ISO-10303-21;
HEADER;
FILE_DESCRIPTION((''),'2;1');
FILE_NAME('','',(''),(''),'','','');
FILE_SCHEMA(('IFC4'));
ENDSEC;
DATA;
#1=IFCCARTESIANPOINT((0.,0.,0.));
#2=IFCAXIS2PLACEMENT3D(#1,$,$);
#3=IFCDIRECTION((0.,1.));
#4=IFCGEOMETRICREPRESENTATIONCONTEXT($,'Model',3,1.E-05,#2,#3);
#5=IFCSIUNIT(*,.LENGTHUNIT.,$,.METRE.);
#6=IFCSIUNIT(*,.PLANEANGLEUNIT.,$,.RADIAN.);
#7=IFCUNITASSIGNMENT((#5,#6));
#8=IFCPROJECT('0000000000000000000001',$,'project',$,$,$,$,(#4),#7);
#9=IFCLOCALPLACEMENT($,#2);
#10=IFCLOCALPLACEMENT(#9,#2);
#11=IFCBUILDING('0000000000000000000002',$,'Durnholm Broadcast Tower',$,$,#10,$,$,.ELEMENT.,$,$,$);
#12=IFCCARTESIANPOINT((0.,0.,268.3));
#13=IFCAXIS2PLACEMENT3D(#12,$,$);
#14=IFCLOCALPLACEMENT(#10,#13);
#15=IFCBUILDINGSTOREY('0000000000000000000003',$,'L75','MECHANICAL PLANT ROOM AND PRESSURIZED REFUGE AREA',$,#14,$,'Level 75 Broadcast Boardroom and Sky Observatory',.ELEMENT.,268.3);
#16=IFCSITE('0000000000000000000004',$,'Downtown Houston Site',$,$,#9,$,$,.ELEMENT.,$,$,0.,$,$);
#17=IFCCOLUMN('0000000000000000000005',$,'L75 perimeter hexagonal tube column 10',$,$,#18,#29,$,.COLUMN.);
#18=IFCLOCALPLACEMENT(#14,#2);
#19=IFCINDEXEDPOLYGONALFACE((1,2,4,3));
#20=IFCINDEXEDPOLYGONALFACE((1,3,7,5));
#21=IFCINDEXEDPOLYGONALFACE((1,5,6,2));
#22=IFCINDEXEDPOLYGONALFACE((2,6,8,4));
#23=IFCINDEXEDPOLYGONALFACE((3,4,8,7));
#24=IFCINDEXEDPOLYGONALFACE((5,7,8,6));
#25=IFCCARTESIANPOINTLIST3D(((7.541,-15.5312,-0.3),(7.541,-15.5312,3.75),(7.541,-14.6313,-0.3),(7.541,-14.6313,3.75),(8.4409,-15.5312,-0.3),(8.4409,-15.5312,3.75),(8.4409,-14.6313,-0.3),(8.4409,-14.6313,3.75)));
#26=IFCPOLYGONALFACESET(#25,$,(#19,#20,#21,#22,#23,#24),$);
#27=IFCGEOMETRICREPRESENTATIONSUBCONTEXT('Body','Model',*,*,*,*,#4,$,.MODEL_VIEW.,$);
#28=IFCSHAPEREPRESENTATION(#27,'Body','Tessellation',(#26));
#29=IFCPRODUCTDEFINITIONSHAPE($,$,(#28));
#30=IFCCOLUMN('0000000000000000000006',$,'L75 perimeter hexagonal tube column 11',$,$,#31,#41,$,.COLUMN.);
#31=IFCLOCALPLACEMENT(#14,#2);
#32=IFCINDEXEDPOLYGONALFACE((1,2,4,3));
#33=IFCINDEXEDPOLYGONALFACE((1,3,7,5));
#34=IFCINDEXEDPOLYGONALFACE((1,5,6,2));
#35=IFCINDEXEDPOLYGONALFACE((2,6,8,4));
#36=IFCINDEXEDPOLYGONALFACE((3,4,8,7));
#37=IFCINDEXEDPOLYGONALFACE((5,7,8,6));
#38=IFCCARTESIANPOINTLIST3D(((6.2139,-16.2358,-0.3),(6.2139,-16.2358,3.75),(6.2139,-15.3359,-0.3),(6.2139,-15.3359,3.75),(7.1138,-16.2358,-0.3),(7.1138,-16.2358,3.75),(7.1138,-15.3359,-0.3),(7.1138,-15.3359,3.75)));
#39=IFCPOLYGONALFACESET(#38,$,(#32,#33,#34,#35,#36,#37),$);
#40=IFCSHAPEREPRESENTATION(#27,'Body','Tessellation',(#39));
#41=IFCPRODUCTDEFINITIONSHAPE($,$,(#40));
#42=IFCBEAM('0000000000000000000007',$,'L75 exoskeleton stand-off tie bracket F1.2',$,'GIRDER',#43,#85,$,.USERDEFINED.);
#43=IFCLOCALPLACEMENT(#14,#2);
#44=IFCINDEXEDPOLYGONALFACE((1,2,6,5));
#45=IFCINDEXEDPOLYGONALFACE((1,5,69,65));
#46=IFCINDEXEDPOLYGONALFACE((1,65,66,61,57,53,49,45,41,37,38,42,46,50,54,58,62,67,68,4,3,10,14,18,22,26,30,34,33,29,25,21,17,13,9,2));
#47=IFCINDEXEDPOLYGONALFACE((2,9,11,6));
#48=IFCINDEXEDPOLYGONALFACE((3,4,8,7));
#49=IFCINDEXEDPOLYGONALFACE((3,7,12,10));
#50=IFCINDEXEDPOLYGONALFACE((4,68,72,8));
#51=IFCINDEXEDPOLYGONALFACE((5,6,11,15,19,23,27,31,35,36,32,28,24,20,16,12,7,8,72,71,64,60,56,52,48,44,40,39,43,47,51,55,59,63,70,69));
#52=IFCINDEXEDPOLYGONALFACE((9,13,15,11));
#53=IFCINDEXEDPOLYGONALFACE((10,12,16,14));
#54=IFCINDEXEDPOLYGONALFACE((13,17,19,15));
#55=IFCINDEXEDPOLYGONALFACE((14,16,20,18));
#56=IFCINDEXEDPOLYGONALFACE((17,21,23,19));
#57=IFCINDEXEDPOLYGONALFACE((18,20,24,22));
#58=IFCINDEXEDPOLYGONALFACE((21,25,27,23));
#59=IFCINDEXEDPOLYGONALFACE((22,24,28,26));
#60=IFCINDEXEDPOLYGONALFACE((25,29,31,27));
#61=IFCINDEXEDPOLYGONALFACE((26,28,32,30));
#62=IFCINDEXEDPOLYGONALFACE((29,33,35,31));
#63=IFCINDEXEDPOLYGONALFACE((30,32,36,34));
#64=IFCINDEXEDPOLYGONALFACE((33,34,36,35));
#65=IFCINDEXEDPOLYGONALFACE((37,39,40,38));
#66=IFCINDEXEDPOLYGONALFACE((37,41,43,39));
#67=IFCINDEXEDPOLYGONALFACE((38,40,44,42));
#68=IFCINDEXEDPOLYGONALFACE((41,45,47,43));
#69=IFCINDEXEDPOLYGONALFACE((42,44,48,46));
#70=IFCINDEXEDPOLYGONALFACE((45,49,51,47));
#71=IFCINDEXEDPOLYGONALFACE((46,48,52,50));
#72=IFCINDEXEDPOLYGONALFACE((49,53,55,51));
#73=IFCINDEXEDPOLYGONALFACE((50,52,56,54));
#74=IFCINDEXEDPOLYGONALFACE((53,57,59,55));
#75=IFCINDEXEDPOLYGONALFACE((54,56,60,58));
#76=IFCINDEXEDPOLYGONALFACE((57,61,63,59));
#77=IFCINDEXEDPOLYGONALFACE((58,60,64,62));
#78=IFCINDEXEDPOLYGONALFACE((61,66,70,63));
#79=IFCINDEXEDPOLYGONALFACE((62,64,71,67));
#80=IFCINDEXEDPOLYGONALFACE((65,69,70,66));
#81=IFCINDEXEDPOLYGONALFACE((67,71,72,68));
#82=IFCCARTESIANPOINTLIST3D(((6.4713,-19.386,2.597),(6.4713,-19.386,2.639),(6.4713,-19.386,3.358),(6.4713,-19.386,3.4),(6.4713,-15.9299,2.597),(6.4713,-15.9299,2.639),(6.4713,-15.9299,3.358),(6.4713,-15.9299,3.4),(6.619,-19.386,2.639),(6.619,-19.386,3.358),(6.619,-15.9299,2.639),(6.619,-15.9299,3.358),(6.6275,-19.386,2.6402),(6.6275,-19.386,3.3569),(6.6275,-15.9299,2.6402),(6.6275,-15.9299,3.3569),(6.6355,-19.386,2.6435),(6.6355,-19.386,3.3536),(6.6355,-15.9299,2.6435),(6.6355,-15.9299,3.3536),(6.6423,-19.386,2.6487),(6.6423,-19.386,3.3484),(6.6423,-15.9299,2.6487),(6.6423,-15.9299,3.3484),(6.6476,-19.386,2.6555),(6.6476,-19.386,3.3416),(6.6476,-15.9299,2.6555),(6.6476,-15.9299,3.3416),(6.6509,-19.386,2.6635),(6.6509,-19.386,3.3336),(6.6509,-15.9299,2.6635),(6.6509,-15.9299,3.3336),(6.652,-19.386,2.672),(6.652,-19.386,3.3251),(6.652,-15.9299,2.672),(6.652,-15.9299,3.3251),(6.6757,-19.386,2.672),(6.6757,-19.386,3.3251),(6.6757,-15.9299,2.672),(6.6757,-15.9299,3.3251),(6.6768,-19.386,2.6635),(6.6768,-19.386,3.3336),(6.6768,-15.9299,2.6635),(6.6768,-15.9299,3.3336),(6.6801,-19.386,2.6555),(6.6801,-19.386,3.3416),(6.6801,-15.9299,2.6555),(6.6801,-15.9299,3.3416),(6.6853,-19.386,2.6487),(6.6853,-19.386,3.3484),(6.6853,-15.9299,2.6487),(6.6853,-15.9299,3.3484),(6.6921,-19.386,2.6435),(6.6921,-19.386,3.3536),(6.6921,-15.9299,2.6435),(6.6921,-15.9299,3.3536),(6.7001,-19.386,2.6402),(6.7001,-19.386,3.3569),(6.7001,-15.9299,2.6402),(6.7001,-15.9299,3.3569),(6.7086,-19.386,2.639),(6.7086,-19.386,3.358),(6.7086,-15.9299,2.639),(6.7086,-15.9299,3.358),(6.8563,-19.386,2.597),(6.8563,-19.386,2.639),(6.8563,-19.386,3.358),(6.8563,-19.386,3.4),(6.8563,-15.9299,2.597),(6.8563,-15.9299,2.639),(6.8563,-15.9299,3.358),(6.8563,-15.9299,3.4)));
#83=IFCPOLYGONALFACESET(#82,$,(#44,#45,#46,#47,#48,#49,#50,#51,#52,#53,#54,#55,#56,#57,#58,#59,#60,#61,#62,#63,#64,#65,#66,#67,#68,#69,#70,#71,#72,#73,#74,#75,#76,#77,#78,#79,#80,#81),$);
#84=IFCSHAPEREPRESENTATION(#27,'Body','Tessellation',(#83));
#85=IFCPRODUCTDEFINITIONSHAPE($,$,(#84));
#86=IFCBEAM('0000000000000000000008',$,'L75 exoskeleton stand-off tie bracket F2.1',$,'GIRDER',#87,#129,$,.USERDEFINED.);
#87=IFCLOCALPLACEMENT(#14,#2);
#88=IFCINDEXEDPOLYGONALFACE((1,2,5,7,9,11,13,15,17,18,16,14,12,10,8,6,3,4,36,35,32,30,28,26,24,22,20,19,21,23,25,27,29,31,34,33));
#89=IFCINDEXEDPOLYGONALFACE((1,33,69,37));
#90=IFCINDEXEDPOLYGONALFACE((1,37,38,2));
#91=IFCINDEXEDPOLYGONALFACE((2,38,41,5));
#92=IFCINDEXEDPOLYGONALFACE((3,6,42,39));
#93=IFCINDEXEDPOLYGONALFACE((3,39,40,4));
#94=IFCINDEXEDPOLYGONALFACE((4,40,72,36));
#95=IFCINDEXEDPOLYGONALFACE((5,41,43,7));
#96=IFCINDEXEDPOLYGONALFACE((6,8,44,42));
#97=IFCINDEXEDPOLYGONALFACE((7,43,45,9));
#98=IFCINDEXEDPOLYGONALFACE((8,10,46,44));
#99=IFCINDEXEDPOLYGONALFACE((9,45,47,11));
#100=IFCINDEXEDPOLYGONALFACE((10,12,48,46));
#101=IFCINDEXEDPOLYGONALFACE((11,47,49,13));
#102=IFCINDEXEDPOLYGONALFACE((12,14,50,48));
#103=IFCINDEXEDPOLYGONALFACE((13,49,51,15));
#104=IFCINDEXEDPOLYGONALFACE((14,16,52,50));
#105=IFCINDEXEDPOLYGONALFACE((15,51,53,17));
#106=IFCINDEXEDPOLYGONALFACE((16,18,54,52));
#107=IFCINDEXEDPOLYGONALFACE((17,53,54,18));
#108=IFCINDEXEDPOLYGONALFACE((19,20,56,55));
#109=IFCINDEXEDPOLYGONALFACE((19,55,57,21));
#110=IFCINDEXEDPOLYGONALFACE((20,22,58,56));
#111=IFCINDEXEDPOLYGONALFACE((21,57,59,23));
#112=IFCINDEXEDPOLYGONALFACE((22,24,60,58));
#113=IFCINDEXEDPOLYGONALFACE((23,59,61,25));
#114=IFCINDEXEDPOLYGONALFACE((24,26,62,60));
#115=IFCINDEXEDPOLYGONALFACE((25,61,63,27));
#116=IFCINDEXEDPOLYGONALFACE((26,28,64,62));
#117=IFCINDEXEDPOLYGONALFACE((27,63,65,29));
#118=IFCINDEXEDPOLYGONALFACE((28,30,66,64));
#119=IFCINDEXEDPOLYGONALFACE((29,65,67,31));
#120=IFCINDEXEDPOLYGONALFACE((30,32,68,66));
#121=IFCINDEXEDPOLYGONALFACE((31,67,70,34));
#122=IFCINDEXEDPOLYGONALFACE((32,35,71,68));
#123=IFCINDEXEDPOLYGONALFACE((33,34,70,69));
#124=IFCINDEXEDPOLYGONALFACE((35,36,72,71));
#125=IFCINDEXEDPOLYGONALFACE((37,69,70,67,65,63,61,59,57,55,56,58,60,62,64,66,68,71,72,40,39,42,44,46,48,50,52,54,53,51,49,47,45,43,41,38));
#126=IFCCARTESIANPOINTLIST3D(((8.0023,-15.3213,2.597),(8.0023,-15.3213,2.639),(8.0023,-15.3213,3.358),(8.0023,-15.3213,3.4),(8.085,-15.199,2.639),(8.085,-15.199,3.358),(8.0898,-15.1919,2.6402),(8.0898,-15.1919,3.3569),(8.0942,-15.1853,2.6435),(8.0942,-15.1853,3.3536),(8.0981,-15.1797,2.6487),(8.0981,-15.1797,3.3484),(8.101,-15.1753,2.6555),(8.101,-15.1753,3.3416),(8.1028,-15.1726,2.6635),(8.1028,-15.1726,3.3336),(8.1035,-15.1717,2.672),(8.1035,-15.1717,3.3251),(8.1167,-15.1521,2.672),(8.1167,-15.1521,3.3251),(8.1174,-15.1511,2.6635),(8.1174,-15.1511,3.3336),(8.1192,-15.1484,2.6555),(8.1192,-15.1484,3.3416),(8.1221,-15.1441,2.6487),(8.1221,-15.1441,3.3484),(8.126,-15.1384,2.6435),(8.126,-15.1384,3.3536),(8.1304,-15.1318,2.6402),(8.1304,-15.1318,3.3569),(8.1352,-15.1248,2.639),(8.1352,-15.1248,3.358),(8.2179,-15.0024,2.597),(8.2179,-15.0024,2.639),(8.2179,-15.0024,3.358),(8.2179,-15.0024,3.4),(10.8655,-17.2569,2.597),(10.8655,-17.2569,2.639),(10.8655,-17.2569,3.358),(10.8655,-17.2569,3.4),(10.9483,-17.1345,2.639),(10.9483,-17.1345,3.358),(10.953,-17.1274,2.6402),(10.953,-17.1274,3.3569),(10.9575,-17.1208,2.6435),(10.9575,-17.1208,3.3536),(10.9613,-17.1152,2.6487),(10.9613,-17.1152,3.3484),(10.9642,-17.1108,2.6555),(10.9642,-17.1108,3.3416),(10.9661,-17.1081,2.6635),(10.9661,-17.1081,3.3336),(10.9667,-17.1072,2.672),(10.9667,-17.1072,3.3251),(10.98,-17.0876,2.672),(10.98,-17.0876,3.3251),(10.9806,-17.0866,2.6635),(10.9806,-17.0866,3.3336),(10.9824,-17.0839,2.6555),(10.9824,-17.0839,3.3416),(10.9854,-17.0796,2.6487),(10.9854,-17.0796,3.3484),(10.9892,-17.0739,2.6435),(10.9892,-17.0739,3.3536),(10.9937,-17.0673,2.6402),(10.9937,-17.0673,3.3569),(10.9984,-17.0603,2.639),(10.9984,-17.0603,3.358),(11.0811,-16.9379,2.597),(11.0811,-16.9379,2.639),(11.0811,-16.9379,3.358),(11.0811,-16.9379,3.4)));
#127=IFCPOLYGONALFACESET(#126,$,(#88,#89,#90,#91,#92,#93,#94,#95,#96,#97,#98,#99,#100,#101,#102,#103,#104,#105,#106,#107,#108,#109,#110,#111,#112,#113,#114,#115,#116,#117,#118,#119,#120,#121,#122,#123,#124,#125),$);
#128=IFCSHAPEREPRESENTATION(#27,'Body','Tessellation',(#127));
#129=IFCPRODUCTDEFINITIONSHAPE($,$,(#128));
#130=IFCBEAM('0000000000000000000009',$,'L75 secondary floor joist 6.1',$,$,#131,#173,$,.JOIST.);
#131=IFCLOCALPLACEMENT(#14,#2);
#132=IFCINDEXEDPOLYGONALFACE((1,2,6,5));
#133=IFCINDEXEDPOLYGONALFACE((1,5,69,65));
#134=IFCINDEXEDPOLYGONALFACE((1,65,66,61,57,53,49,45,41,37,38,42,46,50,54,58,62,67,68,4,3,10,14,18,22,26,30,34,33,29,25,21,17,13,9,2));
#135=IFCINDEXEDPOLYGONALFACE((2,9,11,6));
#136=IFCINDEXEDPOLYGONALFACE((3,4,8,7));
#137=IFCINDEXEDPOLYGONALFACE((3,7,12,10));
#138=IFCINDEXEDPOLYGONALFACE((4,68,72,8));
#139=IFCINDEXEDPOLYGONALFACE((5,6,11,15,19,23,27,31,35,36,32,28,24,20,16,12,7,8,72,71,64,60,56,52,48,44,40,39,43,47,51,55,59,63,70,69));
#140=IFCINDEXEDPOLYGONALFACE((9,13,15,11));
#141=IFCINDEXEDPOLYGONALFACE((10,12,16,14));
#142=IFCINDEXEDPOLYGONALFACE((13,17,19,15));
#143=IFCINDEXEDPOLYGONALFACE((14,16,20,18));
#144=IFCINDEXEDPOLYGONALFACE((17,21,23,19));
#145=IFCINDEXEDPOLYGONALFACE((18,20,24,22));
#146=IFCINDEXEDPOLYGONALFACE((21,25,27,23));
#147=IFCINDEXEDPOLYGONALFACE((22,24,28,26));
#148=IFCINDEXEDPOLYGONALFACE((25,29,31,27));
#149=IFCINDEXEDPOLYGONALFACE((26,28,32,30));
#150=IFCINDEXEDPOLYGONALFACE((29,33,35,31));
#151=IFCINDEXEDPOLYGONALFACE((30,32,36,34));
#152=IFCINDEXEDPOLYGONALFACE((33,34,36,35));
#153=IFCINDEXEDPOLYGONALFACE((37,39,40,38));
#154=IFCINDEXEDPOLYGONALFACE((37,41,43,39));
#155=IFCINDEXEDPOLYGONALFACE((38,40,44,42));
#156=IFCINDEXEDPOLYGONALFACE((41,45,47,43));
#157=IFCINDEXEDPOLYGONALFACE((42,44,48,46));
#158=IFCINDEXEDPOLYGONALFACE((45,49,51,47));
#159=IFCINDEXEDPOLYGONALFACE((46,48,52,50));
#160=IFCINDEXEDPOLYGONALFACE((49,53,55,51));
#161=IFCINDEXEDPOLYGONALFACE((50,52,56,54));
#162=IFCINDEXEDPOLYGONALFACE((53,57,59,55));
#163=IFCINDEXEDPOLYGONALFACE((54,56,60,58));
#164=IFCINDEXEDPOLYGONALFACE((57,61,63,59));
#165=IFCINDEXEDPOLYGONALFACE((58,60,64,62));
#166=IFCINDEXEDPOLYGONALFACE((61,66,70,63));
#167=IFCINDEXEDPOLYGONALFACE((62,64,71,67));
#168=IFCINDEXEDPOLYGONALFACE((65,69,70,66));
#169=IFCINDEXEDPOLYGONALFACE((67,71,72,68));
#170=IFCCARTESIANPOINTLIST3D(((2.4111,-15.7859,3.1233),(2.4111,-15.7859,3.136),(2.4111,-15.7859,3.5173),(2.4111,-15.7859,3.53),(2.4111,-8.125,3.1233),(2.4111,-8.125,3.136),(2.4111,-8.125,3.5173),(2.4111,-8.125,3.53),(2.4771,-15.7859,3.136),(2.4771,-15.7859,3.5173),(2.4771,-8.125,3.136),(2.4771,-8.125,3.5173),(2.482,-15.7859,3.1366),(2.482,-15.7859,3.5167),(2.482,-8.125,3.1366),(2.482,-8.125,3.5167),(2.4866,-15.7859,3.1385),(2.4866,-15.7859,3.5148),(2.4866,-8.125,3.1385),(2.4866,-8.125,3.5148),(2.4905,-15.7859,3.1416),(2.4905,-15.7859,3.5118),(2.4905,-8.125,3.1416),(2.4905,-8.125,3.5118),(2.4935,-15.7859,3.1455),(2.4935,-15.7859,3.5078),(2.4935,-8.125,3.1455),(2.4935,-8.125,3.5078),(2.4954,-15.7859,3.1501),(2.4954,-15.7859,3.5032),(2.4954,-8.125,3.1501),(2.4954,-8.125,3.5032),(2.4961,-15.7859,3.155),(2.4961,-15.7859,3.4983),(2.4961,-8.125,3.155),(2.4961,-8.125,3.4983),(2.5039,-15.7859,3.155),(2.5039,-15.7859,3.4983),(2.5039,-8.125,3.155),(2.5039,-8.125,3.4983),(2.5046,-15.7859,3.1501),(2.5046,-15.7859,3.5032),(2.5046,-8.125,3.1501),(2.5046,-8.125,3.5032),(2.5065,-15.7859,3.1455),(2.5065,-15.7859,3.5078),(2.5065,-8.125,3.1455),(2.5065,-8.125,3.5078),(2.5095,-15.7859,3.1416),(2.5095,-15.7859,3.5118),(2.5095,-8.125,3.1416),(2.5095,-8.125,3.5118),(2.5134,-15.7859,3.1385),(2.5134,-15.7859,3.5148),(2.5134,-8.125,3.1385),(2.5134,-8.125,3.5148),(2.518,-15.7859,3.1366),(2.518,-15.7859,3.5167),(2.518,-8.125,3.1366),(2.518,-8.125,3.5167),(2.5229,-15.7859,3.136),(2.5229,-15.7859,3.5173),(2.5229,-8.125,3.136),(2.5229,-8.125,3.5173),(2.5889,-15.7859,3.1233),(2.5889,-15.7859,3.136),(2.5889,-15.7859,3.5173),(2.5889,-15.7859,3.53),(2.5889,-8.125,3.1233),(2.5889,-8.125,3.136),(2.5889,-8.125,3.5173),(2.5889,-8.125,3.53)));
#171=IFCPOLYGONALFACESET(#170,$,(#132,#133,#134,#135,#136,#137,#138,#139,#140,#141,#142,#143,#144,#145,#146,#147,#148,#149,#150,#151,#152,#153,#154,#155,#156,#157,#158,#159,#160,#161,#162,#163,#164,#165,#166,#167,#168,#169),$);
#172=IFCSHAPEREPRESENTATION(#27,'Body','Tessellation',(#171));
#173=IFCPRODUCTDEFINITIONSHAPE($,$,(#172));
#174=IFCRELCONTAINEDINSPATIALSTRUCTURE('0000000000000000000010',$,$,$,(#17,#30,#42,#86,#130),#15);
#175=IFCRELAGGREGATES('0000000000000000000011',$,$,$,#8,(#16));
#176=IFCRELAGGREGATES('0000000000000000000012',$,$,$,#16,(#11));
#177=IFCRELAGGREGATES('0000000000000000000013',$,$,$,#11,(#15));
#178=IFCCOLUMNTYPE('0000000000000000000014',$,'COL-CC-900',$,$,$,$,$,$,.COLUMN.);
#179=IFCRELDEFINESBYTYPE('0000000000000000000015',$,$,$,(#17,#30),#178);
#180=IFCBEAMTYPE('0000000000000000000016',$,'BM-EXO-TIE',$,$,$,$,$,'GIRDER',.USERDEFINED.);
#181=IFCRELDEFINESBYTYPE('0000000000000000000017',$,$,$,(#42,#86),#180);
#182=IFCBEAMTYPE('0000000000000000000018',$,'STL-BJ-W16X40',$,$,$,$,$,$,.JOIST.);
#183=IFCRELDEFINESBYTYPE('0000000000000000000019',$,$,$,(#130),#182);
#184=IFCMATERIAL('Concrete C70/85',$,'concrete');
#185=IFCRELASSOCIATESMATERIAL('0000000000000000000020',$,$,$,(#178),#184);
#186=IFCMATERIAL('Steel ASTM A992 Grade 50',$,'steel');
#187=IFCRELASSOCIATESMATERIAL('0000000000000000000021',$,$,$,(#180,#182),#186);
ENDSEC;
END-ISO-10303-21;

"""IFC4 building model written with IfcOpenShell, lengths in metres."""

from ifc_helpers import new_model, si_unit, direction, frame, origin, origin_2d, place, context, subcontext, project, spatial, rectangle, i_section, extrude, source, transform, mapped, material, material_profile, profile_set, type_object, type_shapes, element, save


model = new_model("IFC4")

# Units and contexts
model_context = context("Model", 3, precision=1e-05, world=origin(), true_north=direction((0.0, 1.0)))
body_context = subcontext(model_context, "Body", "Model", "MODEL_VIEW")
ifc_project = project(units=[si_unit("LENGTHUNIT", "METRE"), si_unit("PLANEANGLEUNIT", "RADIAN")], contexts=[model_context])

# Site, building, storey
site_placement = place(None, origin())
site = spatial("IfcSite", under=ifc_project, at=site_placement, Name="Downtown Houston Site", CompositionType="ELEMENT", RefElevation=0.0)
building_placement = place(site_placement, origin())
building = spatial("IfcBuilding", under=site, at=building_placement, Name="Durnholm Broadcast Tower", CompositionType="ELEMENT")
storey_placement = place(building_placement, frame((0.0, 0.0, 268.3)))
storey = spatial("IfcBuildingStorey", under=building, at=storey_placement, Name="L75", Description="MECHANICAL PLANT ROOM AND PRESSURIZED REFUGE AREA", LongName="Level 75 Broadcast Boardroom and Sky Observatory", CompositionType="ELEMENT", Elevation=268.3)

# Columns
ifc_material_1 = material(Name="Concrete C70/85", Category="concrete")
ifc_material_profile_1 = material_profile(ifc_material_1, rectangle(XDim=0.8999, YDim=0.8999, at=origin_2d()), Name="RC900X900")
ifc_profile_set_1 = profile_set([ifc_material_profile_1], Name="Concrete C70/85")
column_type = type_object("IfcColumnType", Name="COL-CC-900", PredefinedType="COLUMN", material=ifc_profile_set_1)
shared_shape_1 = source(origin(), body_context, "Body", "SweptSolid", [
    extrude(rectangle(XDim=0.8999, YDim=0.8999, at=origin_2d()), origin(), (0.0, 0.0, 1.0), 4.05),
])
type_shapes(column_type, [shared_shape_1])
for number, where, z_axis, x_axis, name in (
    (1, (7.991, -15.0813, -0.3), (0.0, 0.0, 1.0), (1.0, 0.0, 0.0), "L75 perimeter hexagonal tube column 10"),
    (2, (6.6638, -15.7859, -0.3), (0.0, 0.0, 1.0), (1.0, 0.0, 0.0), "L75 perimeter hexagonal tube column 11"),
):
    element("IfcColumn", number, at=place(storey_placement, frame(where, z_axis=z_axis, x_axis=x_axis)), inside=storey, type_object=column_type, Name=name, PredefinedType="COLUMN", context=body_context, shape_type="MappedRepresentation", body=[
        mapped(shared_shape_1, transform((0.0, 0.0, 0.0), x_axis=(1.0, 0.0, 0.0), y_axis=(0.0, 1.0, 0.0), z_axis=(0.0, 0.0, 1.0), scale=1.0)),
    ])

# Beams
ifc_material_2 = material(Name="Steel ASTM A992 Grade 50", Category="steel")
ifc_material_profile_2 = material_profile(ifc_material_2, i_section(OverallWidth=0.385, OverallDepth=0.803, WebThickness=0.0237, FlangeThickness=0.042, FilletRadius=0.033, at=origin_2d()), Name="W30X261")
ifc_profile_set_2 = profile_set([ifc_material_profile_2], Name="Steel ASTM A992 Grade 50")
beam_type_1 = type_object("IfcBeamType", Name="BM-EXO-TIE", ElementType="GIRDER", PredefinedType="USERDEFINED", material=ifc_profile_set_2)
shared_shape_2 = source(origin(), body_context, "Body", "SweptSolid", [
    extrude(i_section(OverallWidth=0.385, OverallDepth=0.803, WebThickness=0.0237, FlangeThickness=0.042, FilletRadius=0.033, at=origin_2d()), origin(), (0.0, 0.0, 1.0), 3.4561),
])
type_shapes(beam_type_1, [shared_shape_2])
for number, where, z_axis, x_axis, name in (
    (3, (6.6638, -15.9299, 2.9985), (0.0, -1.0, 0.0), (1.0, 0.0, 0.0), "L75 exoskeleton stand-off tie bracket F1.2"),
    (4, (8.1101, -15.1619, 2.9985), (0.828468, -0.560036, 0.0), (0.560036, 0.828468, 0.0), "L75 exoskeleton stand-off tie bracket F2.1"),
):
    element("IfcBeam", number, at=place(storey_placement, frame(where, z_axis=z_axis, x_axis=x_axis)), inside=storey, type_object=beam_type_1, Name=name, ObjectType="GIRDER", PredefinedType="USERDEFINED", context=body_context, shape_type="MappedRepresentation", body=[
        mapped(shared_shape_2, transform((0.0, 0.0, 0.0), x_axis=(1.0, 0.0, 0.0), y_axis=(0.0, 1.0, 0.0), z_axis=(0.0, 0.0, 1.0), scale=1.0)),
    ])
ifc_material_profile_3 = material_profile(ifc_material_2, i_section(OverallWidth=0.1777, OverallDepth=0.4067, WebThickness=0.0078, FlangeThickness=0.0127, FilletRadius=0.019, at=origin_2d()), Name="W16X40")
ifc_profile_set_3 = profile_set([ifc_material_profile_3], Name="Steel ASTM A992 Grade 50")
beam_type_2 = type_object("IfcBeamType", Name="STL-BJ-W16X40", PredefinedType="JOIST", material=ifc_profile_set_3)
shared_shape_3 = source(origin(), body_context, "Body", "SweptSolid", [
    extrude(i_section(OverallWidth=0.1777, OverallDepth=0.4067, WebThickness=0.0078, FlangeThickness=0.0127, FilletRadius=0.019, at=origin_2d()), origin(), (0.0, 0.0, 1.0), 7.6609),
])
type_shapes(beam_type_2, [shared_shape_3])
for number, where, z_axis, x_axis, name in (
    (5, (2.5, -15.7859, 3.3267), (0.0, 1.0, 0.0), (-1.0, 0.0, 0.0), "L75 secondary floor joist 6.1"),
):
    element("IfcBeam", number, at=place(storey_placement, frame(where, z_axis=z_axis, x_axis=x_axis)), inside=storey, type_object=beam_type_2, Name=name, PredefinedType="JOIST", context=body_context, shape_type="MappedRepresentation", body=[
        mapped(shared_shape_3, transform((0.0, 0.0, 0.0), x_axis=(1.0, 0.0, 0.0), y_axis=(0.0, 1.0, 0.0), z_axis=(0.0, 0.0, 1.0), scale=1.0)),
    ])

save(model, "model.ifc")
